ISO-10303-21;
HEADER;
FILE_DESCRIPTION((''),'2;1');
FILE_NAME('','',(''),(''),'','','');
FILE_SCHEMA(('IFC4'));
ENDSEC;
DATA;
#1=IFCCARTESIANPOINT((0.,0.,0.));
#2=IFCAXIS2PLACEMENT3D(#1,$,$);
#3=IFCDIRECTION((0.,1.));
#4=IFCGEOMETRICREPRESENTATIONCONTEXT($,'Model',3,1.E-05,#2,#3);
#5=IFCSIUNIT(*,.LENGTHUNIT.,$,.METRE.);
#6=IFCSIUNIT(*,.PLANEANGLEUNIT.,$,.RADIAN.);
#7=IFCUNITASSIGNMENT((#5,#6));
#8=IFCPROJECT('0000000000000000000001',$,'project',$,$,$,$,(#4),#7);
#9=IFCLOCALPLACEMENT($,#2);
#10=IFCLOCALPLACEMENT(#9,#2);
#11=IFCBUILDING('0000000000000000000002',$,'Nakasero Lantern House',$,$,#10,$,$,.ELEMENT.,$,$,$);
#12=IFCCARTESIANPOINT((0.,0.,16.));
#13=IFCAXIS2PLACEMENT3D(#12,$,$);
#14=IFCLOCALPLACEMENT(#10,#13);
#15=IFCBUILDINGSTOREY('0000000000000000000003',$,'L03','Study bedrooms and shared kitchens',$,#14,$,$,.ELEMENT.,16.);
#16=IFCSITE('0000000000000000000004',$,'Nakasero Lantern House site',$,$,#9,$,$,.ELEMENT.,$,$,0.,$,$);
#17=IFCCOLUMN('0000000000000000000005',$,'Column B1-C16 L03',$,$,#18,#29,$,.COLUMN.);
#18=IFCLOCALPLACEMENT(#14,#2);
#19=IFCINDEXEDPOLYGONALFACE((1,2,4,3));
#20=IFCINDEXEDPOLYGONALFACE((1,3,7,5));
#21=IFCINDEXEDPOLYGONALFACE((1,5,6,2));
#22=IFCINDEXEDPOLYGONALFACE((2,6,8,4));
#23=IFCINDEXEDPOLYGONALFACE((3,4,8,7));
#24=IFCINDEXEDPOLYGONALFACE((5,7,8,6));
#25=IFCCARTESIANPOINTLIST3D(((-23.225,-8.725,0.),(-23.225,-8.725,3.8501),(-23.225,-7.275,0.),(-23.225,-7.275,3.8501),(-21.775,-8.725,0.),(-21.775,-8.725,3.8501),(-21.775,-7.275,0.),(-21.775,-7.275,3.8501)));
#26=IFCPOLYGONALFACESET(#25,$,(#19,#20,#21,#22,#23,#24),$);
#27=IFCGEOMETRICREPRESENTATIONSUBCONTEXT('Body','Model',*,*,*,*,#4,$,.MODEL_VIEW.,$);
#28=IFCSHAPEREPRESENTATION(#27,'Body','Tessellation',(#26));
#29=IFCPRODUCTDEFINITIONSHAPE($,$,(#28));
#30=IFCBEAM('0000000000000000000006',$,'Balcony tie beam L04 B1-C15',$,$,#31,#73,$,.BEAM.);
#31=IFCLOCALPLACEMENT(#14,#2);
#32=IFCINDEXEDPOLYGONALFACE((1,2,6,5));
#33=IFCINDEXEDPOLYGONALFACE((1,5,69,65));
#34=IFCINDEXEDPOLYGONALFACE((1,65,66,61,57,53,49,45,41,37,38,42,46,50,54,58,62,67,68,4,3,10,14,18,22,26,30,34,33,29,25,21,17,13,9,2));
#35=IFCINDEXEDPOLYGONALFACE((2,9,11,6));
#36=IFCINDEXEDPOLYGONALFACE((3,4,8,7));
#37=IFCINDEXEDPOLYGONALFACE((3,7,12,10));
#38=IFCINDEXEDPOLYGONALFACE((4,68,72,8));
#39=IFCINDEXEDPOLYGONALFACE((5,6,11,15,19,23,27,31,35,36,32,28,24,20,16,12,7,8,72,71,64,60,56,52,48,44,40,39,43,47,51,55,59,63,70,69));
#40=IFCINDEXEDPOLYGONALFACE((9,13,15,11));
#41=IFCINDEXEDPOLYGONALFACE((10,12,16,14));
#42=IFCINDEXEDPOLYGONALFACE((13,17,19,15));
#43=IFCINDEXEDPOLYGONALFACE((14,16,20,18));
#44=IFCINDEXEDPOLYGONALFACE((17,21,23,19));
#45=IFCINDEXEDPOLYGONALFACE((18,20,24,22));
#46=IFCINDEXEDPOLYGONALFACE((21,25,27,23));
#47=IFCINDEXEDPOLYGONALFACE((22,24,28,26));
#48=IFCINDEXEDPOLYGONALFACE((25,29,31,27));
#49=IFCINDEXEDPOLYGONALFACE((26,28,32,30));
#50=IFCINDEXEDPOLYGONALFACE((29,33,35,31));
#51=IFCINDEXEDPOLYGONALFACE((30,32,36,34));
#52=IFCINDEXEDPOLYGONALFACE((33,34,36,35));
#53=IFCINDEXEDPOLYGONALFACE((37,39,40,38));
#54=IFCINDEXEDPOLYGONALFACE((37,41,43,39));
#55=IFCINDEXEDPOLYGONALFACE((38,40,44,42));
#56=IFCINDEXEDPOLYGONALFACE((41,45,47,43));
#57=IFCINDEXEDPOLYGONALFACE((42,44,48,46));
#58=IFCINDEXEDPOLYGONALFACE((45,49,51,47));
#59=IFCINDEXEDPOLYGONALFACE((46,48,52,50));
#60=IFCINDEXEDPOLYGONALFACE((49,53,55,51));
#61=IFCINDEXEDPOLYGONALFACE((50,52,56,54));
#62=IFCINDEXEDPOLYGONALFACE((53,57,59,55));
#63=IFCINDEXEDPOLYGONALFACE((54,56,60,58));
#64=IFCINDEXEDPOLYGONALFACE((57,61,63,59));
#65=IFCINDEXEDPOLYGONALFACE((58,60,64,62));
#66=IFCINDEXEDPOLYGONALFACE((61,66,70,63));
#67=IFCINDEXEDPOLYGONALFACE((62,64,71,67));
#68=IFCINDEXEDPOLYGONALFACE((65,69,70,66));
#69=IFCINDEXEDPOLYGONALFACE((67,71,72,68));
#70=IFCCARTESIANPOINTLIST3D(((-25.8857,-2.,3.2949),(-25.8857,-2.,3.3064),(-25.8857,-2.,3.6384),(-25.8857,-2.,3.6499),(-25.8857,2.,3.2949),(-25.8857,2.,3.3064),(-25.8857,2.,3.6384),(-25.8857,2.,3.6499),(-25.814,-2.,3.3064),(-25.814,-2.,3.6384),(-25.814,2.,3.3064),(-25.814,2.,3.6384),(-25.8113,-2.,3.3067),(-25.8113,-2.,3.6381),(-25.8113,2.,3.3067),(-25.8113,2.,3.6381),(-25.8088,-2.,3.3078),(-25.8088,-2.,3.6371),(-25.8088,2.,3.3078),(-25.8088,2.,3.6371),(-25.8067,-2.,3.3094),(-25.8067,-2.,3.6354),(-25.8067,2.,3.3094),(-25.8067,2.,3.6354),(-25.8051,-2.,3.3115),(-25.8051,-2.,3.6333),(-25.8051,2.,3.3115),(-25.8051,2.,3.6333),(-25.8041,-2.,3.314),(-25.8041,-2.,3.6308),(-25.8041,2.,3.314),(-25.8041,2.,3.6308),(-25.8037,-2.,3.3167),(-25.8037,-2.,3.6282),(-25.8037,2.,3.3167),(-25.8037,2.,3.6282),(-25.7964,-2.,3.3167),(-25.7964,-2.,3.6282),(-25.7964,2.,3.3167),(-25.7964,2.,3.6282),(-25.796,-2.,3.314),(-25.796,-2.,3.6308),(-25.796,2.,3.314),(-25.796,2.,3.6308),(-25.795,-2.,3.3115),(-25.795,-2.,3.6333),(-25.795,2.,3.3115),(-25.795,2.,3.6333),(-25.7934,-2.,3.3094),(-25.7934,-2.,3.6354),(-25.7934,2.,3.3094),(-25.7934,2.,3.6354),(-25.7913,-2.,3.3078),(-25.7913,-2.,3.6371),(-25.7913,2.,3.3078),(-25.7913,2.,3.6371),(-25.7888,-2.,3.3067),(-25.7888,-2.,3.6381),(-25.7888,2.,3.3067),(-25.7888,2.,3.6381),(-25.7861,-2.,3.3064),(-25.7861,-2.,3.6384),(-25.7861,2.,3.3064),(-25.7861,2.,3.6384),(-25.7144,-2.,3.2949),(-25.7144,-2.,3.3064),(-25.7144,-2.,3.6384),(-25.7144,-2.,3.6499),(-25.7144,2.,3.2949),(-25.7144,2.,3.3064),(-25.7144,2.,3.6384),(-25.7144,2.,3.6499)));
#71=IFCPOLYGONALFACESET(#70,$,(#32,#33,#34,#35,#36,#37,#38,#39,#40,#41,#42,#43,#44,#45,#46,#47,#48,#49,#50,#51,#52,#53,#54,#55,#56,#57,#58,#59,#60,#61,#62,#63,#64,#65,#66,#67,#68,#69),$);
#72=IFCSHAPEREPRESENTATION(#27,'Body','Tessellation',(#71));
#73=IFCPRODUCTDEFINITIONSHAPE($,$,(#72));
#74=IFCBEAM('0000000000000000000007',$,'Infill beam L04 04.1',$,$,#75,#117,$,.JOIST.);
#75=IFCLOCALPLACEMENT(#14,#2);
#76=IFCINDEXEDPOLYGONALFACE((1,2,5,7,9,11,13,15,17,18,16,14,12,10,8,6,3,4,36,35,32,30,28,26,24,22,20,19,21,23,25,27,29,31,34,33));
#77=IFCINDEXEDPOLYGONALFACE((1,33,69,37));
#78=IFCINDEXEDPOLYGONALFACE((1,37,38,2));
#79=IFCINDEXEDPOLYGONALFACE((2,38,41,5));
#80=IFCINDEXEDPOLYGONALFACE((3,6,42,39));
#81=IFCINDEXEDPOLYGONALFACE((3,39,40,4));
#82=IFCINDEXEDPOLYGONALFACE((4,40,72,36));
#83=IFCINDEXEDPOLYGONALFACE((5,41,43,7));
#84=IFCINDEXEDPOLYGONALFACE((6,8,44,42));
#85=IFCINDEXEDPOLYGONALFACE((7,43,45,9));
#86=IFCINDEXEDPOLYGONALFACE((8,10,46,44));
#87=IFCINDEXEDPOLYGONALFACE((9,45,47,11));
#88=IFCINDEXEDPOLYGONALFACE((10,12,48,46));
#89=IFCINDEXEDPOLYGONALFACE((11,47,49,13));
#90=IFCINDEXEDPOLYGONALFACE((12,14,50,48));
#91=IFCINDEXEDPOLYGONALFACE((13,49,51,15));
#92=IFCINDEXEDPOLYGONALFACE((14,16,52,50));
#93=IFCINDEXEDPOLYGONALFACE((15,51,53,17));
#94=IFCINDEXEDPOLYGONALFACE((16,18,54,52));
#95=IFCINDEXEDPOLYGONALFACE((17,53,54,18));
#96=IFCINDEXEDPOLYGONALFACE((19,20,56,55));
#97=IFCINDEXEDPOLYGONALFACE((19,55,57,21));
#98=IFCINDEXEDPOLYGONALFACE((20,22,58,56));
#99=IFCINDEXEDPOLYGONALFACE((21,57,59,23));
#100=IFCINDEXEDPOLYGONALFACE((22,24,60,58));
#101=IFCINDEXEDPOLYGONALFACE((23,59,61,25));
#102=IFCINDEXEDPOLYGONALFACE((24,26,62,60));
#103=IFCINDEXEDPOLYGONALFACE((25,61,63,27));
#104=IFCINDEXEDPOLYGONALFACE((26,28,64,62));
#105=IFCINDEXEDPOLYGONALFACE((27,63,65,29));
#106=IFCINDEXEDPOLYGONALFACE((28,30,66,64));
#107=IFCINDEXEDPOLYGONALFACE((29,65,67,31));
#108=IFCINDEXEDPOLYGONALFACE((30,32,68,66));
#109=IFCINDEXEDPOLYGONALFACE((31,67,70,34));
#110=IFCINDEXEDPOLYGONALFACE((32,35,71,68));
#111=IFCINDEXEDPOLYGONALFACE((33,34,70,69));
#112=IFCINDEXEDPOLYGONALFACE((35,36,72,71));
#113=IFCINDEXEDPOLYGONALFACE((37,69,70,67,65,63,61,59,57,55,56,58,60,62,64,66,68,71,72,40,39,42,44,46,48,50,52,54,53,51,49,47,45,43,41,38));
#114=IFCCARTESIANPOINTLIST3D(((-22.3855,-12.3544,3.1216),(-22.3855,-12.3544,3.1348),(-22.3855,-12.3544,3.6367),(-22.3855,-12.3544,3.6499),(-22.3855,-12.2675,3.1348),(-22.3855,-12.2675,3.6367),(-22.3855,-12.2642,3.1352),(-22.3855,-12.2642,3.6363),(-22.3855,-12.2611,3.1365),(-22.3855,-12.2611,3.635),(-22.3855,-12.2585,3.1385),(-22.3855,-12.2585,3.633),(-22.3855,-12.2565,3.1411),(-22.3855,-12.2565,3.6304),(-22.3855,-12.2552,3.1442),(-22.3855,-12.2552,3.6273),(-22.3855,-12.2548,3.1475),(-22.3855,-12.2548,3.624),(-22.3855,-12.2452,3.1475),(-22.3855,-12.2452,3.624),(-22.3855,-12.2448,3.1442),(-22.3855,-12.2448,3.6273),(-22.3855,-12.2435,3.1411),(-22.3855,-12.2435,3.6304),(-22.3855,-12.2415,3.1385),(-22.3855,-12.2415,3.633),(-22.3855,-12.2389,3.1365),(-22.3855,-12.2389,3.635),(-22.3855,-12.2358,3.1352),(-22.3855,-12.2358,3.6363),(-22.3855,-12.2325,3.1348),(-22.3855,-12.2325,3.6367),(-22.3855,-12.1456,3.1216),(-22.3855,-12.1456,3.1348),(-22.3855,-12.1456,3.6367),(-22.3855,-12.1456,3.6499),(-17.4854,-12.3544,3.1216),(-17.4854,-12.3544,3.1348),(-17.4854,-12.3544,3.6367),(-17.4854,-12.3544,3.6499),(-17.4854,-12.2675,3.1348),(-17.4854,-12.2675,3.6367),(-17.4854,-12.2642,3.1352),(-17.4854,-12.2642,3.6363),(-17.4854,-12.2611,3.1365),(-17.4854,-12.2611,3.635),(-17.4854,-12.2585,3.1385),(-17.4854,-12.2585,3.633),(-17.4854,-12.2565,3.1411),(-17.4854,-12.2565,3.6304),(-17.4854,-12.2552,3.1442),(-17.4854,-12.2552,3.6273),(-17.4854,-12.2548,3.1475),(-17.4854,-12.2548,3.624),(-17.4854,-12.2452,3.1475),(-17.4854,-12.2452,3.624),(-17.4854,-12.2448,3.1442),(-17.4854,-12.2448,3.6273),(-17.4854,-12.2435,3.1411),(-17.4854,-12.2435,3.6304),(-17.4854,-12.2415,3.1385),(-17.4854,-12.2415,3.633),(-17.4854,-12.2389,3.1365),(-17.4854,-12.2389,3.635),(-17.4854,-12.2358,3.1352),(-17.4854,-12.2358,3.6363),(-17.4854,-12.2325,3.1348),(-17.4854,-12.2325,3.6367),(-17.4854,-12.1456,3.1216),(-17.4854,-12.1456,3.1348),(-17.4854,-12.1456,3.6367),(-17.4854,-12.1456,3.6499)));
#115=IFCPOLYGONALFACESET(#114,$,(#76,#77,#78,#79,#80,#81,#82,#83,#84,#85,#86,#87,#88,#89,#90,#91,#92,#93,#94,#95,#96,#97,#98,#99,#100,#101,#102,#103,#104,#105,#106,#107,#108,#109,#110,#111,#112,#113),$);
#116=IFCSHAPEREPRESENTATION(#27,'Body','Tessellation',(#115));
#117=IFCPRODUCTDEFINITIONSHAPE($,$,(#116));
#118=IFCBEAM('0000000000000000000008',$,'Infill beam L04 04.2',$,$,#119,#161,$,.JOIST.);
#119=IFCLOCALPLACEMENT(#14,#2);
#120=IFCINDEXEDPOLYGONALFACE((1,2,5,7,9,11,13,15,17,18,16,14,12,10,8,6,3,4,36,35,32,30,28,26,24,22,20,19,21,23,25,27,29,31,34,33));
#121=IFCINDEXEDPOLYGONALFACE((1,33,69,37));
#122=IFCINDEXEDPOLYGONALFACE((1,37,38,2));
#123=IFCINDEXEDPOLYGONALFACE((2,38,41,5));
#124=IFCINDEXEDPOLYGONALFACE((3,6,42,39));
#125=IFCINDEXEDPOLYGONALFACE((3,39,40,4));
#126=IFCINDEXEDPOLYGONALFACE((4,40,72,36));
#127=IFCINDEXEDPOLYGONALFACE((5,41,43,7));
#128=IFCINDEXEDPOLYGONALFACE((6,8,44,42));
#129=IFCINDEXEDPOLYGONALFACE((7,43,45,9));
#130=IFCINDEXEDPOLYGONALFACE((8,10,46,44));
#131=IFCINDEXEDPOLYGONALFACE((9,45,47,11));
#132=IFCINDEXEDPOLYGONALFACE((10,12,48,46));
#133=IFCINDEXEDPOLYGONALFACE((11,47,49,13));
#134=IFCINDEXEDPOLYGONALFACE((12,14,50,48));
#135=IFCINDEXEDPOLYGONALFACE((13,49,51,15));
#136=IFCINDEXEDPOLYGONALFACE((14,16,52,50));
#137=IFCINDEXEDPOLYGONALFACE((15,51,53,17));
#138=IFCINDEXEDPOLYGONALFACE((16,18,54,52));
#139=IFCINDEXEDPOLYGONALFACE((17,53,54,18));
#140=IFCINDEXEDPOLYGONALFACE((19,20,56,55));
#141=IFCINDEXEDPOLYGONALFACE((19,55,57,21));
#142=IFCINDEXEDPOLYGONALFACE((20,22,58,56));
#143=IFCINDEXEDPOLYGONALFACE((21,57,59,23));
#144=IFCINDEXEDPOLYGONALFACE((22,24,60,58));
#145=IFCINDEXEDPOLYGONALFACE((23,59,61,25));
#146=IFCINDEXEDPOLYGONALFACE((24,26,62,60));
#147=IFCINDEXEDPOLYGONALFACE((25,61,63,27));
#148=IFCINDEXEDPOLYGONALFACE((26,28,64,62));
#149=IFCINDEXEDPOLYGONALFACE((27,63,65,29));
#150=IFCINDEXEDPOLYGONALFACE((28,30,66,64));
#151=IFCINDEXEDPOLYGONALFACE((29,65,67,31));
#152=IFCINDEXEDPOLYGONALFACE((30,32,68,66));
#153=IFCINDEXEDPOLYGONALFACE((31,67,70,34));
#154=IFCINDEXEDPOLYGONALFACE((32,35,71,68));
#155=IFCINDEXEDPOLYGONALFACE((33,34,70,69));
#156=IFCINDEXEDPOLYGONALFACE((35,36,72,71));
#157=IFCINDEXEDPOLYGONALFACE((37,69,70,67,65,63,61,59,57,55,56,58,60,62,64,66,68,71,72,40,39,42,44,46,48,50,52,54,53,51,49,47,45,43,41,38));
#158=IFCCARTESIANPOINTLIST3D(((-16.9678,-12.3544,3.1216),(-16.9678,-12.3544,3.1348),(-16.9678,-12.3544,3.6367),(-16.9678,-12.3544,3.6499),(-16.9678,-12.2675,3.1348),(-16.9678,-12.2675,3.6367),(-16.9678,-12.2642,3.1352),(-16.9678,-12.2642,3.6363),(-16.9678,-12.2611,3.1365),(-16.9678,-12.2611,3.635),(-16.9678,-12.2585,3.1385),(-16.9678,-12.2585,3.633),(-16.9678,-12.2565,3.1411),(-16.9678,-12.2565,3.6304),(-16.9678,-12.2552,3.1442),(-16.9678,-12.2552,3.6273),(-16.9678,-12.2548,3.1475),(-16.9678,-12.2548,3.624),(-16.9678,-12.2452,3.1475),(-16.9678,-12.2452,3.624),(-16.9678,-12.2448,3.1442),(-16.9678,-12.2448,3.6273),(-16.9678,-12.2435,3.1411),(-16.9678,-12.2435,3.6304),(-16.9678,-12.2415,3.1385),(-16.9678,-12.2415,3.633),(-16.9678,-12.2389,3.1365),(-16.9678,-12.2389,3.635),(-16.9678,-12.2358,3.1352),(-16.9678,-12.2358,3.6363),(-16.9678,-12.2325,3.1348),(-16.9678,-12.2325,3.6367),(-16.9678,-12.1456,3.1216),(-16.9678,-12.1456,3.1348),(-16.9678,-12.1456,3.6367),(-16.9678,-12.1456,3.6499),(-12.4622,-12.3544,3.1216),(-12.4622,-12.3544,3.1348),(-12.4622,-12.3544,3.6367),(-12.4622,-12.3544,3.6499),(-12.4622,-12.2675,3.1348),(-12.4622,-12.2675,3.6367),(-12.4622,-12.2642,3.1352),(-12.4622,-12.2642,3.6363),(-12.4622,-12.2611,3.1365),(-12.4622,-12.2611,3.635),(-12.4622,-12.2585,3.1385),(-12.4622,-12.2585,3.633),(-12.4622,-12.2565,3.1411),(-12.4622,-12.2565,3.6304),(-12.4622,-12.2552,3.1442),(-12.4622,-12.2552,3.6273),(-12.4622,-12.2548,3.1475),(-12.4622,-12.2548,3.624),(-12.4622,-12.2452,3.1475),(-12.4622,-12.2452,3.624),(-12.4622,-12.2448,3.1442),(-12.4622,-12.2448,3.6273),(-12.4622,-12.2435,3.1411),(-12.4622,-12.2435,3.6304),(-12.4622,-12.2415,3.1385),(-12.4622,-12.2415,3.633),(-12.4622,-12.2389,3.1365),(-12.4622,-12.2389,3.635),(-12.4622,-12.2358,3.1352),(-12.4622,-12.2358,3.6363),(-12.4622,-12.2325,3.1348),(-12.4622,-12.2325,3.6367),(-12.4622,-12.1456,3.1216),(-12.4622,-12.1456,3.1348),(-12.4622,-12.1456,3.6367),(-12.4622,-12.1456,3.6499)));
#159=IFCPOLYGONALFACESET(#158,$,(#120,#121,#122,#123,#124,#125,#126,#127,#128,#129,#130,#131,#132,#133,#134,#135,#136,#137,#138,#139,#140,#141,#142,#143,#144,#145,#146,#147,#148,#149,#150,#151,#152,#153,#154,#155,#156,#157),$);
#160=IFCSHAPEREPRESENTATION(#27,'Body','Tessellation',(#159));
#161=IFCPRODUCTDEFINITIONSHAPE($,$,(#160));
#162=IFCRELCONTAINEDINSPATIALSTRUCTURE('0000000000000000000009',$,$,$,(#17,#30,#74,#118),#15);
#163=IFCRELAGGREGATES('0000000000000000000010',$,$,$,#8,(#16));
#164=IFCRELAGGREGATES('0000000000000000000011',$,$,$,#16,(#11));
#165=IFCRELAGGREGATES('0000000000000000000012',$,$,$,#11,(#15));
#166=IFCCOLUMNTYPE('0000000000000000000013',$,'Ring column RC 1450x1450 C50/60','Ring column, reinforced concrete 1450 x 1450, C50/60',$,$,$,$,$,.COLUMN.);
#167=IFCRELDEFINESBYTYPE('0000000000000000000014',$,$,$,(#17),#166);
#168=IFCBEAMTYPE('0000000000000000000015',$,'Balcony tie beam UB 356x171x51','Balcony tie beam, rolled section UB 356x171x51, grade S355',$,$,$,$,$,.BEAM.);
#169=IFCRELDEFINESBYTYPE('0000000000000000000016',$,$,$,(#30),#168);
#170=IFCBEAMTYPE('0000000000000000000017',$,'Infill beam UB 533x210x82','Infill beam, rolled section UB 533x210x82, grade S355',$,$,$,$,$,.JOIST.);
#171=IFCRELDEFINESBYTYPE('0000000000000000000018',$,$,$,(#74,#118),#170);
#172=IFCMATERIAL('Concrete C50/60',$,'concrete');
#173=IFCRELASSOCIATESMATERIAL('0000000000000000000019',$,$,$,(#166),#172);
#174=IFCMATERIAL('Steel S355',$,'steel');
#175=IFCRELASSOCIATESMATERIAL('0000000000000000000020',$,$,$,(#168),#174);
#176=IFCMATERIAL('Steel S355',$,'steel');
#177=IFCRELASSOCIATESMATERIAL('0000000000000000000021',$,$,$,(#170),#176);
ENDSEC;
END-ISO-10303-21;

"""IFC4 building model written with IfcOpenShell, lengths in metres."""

from ifc_helpers import new_model, si_unit, direction, frame, origin, origin_2d, place, context, subcontext, project, spatial, rectangle, i_section, extrude, material, material_profile, profile_set, type_object, element, save


model = new_model("IFC4")

# Units and contexts
model_context = context("Model", 3, precision=1e-05, world=origin(), true_north=direction((0.0, 1.0)))
body_context = subcontext(model_context, "Body", "Model", "MODEL_VIEW")
ifc_project = project(units=[si_unit("LENGTHUNIT", "METRE"), si_unit("PLANEANGLEUNIT", "RADIAN")], contexts=[model_context])

# Site, building, storey
site_placement = place(None, origin())
site = spatial("IfcSite", under=ifc_project, at=site_placement, Name="Nakasero Lantern House site", CompositionType="ELEMENT", RefElevation=0.0)
building_placement = place(site_placement, origin())
building = spatial("IfcBuilding", under=site, at=building_placement, Name="Nakasero Lantern House", CompositionType="ELEMENT")
storey_placement = place(building_placement, frame((0.0, 0.0, 16.0)))
storey = spatial("IfcBuildingStorey", under=building, at=storey_placement, Name="L03", Description="Study bedrooms and shared kitchens", CompositionType="ELEMENT", Elevation=16.0)

# Column
ifc_material_1 = material(Name="Concrete C50/60", Category="concrete")
ifc_material_profile_1 = material_profile(ifc_material_1, rectangle(XDim=1.45, YDim=1.45, at=origin_2d()), Name="RC 1450x1450")
ifc_profile_set_1 = profile_set([ifc_material_profile_1], Name="Concrete C50/60")
column_type = type_object("IfcColumnType", Name="Ring column RC 1450x1450 C50/60", Description="Ring column, reinforced concrete 1450 x 1450, C50/60", PredefinedType="COLUMN", material=ifc_profile_set_1)
column_placement = place(storey_placement, frame((-22.5, -8.0, 0.0), z_axis=(0.0, 0.0, 1.0), x_axis=(1.0, 0.0, 0.0)))
element("IfcColumn", 1, at=column_placement, inside=storey, type_object=column_type, Name="Column B1-C16 L03", PredefinedType="COLUMN", context=body_context, shape_type="SweptSolid", body=[
    extrude(rectangle(XDim=1.45, YDim=1.45, at=origin_2d()), origin(), (0.0, 0.0, 1.0), 3.8501),
])

# Beams
ifc_material_2 = material(Name="Steel S355", Category="steel")
ifc_material_profile_2 = material_profile(ifc_material_2, i_section(OverallWidth=0.1714, OverallDepth=0.355, WebThickness=0.0073, FlangeThickness=0.0115, FilletRadius=0.0103, at=origin_2d()), Name="UB 356x171x51")
ifc_profile_set_2 = profile_set([ifc_material_profile_2], Name="Steel S355")
beam_type_1 = type_object("IfcBeamType", Name="Balcony tie beam UB 356x171x51", Description="Balcony tie beam, rolled section UB 356x171x51, grade S355", PredefinedType="BEAM", material=ifc_profile_set_2)
beam_1_placement = place(storey_placement, frame((-25.8, -2.0, 3.4724), z_axis=(0.0, 1.0, 0.0), x_axis=(-1.0, 0.0, 0.0)))
element("IfcBeam", 2, at=beam_1_placement, inside=storey, type_object=beam_type_1, Name="Balcony tie beam L04 B1-C15", PredefinedType="BEAM", context=body_context, shape_type="SweptSolid", body=[
    extrude(i_section(OverallWidth=0.1714, OverallDepth=0.355, WebThickness=0.0073, FlangeThickness=0.0115, FilletRadius=0.0103, at=origin_2d()), origin(), (0.0, 0.0, 1.0), 4.0),
])
ifc_material_3 = material(Name="Steel S355", Category="steel")
ifc_material_profile_3 = material_profile(ifc_material_3, i_section(OverallWidth=0.2087, OverallDepth=0.5283, WebThickness=0.0095, FlangeThickness=0.0132, FilletRadius=0.0127, at=origin_2d()), Name="UB 533x210x82")
ifc_profile_set_3 = profile_set([ifc_material_profile_3], Name="Steel S355")
beam_type_2 = type_object("IfcBeamType", Name="Infill beam UB 533x210x82", Description="Infill beam, rolled section UB 533x210x82, grade S355", PredefinedType="JOIST", material=ifc_profile_set_3)
beam_2_placement = place(storey_placement, frame((-22.3855, -12.25, 3.3857), z_axis=(1.0, 0.0, 0.0), x_axis=(0.0, 1.0, 0.0)))
element("IfcBeam", 3, at=beam_2_placement, inside=storey, type_object=beam_type_2, Name="Infill beam L04 04.1", PredefinedType="JOIST", context=body_context, shape_type="SweptSolid", body=[
    extrude(i_section(OverallWidth=0.2087, OverallDepth=0.5283, WebThickness=0.0095, FlangeThickness=0.0132, FilletRadius=0.0127, at=origin_2d()), origin(), (0.0, 0.0, 1.0), 4.9001),
])
beam_3_placement = place(storey_placement, frame((-16.9678, -12.25, 3.3857), z_axis=(1.0, 0.0, 0.0), x_axis=(0.0, 1.0, 0.0)))
element("IfcBeam", 4, at=beam_3_placement, inside=storey, type_object=beam_type_2, Name="Infill beam L04 04.2", PredefinedType="JOIST", context=body_context, shape_type="SweptSolid", body=[
    extrude(i_section(OverallWidth=0.2087, OverallDepth=0.5283, WebThickness=0.0095, FlangeThickness=0.0132, FilletRadius=0.0127, at=origin_2d()), origin(), (0.0, 0.0, 1.0), 4.5056),
])

save(model, "model.ifc")
